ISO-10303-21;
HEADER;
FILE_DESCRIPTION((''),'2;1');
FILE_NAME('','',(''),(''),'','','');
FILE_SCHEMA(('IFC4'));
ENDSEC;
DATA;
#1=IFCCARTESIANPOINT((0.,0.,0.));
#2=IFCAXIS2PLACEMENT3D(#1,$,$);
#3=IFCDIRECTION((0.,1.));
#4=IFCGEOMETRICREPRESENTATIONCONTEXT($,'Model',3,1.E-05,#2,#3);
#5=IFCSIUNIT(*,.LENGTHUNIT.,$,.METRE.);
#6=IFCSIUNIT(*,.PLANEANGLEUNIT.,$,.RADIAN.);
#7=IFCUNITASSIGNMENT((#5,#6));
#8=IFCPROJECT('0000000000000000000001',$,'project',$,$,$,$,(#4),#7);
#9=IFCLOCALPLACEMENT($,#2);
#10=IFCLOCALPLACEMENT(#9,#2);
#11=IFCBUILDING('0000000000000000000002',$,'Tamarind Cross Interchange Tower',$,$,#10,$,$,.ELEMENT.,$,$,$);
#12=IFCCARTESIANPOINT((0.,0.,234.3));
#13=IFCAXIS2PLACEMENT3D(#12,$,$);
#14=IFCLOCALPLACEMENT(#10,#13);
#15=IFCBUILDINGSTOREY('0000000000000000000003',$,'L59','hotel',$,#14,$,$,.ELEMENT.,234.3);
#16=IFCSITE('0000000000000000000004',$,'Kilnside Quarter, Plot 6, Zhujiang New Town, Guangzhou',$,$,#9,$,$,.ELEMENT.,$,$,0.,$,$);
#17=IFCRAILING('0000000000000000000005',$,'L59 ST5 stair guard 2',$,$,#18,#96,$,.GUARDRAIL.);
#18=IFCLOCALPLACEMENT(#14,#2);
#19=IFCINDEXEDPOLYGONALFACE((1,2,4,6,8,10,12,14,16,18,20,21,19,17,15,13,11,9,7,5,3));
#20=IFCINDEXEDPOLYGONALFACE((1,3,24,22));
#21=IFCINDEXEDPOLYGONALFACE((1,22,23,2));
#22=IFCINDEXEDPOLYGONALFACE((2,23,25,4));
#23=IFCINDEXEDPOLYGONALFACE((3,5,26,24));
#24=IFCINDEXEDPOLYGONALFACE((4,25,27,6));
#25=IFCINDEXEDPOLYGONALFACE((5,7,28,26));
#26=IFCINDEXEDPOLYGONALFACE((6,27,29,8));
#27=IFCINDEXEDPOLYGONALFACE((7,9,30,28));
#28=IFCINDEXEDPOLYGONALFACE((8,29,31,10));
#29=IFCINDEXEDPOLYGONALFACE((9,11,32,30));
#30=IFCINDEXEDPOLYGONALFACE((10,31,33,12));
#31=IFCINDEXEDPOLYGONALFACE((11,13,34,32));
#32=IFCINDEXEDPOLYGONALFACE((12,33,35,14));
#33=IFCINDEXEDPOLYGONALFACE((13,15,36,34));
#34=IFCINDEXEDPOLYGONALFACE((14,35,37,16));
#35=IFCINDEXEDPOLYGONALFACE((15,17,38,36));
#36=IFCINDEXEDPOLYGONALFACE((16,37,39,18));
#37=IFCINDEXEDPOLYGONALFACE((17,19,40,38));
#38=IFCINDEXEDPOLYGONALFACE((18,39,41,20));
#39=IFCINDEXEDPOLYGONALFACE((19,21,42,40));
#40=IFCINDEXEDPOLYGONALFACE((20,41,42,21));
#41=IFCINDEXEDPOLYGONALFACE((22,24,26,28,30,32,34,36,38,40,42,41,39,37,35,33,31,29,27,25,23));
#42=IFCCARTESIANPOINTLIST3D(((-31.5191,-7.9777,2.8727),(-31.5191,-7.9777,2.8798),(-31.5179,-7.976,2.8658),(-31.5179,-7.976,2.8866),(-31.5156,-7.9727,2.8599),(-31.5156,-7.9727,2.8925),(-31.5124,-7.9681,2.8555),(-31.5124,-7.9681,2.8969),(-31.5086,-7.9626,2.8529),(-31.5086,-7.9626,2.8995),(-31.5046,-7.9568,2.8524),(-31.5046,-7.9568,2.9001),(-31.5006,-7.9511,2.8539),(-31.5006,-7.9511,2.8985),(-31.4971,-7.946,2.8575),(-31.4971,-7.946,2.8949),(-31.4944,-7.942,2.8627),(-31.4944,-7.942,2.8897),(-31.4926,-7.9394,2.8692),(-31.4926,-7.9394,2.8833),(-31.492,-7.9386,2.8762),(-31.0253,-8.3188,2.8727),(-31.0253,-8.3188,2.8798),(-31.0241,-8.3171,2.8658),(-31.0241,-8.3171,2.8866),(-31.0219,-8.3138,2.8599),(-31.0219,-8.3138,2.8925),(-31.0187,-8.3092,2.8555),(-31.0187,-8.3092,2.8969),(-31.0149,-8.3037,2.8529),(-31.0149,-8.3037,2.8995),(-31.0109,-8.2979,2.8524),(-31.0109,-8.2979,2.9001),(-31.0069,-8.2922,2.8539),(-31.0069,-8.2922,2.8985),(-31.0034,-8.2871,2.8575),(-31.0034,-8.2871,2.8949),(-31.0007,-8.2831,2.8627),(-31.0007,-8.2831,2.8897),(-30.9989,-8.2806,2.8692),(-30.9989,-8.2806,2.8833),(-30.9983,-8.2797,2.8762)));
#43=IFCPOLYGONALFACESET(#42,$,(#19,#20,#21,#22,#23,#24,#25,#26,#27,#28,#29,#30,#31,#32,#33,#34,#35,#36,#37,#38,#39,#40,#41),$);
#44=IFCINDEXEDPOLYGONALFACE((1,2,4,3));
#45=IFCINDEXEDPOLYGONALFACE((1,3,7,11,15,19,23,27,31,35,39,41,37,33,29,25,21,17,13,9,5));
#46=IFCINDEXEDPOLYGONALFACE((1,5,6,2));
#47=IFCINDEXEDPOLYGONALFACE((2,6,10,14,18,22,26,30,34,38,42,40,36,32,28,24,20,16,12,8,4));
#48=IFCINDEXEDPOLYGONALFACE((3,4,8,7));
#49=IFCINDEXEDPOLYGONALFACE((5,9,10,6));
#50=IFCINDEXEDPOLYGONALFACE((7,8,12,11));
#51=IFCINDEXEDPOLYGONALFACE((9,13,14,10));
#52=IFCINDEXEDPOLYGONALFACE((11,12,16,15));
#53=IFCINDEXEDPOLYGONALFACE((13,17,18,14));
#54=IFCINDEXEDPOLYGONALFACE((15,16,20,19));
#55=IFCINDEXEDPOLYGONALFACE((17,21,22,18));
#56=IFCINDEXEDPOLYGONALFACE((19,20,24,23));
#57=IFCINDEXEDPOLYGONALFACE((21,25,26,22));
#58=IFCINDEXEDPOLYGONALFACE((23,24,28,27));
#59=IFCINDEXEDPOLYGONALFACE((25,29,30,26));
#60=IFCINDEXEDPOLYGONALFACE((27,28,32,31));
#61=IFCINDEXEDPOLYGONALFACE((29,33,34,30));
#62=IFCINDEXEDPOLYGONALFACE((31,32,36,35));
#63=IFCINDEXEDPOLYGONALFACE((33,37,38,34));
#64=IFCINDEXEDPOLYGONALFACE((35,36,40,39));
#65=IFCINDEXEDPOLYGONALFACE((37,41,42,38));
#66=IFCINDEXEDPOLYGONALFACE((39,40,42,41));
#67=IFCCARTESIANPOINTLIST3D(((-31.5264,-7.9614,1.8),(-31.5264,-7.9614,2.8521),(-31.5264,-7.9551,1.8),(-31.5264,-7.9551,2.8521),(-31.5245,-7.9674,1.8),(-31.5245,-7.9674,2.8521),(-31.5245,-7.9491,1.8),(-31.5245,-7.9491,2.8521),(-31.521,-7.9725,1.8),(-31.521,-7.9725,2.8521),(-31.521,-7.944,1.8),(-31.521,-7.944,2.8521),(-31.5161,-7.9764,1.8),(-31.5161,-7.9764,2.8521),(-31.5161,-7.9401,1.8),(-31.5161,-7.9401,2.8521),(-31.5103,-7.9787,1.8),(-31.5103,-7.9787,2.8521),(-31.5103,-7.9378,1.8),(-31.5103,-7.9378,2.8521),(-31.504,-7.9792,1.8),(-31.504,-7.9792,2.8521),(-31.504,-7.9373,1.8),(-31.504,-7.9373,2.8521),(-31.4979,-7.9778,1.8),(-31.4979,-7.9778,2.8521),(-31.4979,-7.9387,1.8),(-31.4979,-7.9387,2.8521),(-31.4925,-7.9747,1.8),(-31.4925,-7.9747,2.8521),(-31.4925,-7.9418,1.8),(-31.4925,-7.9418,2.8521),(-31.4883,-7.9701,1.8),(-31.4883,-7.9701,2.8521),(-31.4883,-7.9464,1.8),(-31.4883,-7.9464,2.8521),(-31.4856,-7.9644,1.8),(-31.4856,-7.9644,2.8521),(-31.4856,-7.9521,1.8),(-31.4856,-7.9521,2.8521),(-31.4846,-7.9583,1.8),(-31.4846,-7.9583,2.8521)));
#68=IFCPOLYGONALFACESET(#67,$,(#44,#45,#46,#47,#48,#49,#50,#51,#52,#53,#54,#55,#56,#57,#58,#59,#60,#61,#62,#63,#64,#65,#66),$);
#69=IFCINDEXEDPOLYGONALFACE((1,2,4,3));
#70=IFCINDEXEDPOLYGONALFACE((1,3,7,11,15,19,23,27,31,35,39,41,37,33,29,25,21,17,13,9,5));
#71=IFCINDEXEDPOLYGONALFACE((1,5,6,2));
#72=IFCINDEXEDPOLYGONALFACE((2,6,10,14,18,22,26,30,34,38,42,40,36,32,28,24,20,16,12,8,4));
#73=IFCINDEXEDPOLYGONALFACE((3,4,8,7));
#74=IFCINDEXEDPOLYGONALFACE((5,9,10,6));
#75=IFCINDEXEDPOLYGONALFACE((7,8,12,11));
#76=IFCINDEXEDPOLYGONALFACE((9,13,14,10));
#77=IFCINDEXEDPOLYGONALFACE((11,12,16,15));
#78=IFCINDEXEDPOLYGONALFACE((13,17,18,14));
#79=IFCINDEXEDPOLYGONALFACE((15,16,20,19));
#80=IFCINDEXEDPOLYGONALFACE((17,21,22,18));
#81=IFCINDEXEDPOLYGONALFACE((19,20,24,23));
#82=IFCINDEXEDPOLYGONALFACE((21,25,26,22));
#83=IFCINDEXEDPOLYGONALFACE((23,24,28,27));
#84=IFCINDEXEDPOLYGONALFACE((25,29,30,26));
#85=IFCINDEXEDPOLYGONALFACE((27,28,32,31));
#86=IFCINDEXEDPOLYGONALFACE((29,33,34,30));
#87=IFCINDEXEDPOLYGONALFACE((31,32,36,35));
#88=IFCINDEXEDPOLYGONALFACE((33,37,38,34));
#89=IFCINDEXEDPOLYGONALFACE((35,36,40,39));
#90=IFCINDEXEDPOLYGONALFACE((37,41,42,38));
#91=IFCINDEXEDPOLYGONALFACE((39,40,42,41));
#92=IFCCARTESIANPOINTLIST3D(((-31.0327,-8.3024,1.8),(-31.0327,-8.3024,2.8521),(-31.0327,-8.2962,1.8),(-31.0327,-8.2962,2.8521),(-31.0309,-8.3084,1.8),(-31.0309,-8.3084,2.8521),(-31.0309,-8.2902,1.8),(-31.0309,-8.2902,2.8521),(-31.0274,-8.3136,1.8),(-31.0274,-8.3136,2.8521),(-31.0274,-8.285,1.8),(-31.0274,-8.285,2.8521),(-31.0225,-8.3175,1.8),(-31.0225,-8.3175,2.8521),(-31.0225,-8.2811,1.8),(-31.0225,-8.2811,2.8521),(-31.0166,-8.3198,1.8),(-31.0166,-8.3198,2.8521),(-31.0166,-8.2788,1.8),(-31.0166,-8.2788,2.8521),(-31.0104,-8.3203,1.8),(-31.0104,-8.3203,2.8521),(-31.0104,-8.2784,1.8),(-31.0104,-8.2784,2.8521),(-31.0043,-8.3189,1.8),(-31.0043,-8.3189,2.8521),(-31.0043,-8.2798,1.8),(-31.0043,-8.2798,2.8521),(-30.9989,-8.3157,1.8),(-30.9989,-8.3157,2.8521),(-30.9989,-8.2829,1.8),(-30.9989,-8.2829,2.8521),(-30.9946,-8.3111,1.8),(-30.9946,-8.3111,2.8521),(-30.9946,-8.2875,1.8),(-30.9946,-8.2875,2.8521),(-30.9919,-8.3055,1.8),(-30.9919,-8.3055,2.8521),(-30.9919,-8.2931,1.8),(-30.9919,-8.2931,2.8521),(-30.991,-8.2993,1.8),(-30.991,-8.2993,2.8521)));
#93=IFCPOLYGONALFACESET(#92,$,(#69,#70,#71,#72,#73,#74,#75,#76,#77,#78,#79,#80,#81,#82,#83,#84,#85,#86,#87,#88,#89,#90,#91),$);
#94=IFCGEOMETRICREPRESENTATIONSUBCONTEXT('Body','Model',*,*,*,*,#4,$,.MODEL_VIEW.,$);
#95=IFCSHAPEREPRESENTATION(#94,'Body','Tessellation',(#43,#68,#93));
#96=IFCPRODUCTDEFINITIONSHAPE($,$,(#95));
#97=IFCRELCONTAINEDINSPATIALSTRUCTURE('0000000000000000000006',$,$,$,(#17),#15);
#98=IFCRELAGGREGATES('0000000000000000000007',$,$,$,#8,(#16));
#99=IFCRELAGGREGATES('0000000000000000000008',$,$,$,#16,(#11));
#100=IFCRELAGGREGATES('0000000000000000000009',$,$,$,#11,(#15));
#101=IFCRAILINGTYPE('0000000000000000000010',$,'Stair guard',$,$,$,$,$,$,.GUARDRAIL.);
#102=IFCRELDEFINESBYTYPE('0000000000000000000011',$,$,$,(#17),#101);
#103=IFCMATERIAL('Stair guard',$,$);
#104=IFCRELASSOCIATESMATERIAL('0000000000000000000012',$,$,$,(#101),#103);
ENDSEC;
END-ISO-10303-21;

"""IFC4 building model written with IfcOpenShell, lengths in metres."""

from ifc_helpers import new_model, si_unit, direction, frame, origin, origin_2d, place, context, subcontext, project, spatial, circle, extrude, material, type_object, element, save


model = new_model("IFC4")

# Units and contexts
model_context = context("Model", 3, precision=1e-05, world=origin(), true_north=direction((0.0, 1.0)))
body_context = subcontext(model_context, "Body", "Model", "MODEL_VIEW")
ifc_project = project(units=[si_unit("LENGTHUNIT", "METRE"), si_unit("PLANEANGLEUNIT", "RADIAN")], contexts=[model_context])

# Site, building, storey
site_placement = place(None, origin())
site = spatial("IfcSite", under=ifc_project, at=site_placement, Name="Kilnside Quarter, Plot 6, Zhujiang New Town, Guangzhou", CompositionType="ELEMENT", RefElevation=0.0)
building_placement = place(site_placement, origin())
building = spatial("IfcBuilding", under=site, at=building_placement, Name="Tamarind Cross Interchange Tower", CompositionType="ELEMENT")
storey_placement = place(building_placement, frame((0.0, 0.0, 234.3)))
storey = spatial("IfcBuildingStorey", under=building, at=storey_placement, Name="L59", Description="hotel", CompositionType="ELEMENT", Elevation=234.3)

# Railing
ifc_material_1 = material(Name="Stair guard")
railing_type_1 = type_object("IfcRailingType", Name="Stair guard", PredefinedType="GUARDRAIL", material=ifc_material_1)
railing_1_placement = place(storey_placement, frame((-31.5056, -7.9583, 1.8)))
element("IfcRailing", 1, at=railing_1_placement, inside=storey, type_object=railing_type_1, Name="L59 ST5 stair guard 2", PredefinedType="GUARDRAIL", context=body_context, shape_type="SweptSolid", body=[
    extrude(circle(Radius=0.0239, at=origin_2d()), frame((0.0, 0.0, 1.0762), z_axis=(0.822734, -0.568427, 0.0), x_axis=(0.568427, 0.822734, 0.0)), (0.0, 0.0, 1.0), 0.6001),
    extrude(circle(Radius=0.021, at=origin_2d()), origin(), (0.0, 0.0, 1.0), 1.052),
    extrude(circle(Radius=0.021, at=origin_2d()), frame((0.4937, -0.3411, 0.0)), (0.0, 0.0, 1.0), 1.052),
])

save(model, "model.ifc")
